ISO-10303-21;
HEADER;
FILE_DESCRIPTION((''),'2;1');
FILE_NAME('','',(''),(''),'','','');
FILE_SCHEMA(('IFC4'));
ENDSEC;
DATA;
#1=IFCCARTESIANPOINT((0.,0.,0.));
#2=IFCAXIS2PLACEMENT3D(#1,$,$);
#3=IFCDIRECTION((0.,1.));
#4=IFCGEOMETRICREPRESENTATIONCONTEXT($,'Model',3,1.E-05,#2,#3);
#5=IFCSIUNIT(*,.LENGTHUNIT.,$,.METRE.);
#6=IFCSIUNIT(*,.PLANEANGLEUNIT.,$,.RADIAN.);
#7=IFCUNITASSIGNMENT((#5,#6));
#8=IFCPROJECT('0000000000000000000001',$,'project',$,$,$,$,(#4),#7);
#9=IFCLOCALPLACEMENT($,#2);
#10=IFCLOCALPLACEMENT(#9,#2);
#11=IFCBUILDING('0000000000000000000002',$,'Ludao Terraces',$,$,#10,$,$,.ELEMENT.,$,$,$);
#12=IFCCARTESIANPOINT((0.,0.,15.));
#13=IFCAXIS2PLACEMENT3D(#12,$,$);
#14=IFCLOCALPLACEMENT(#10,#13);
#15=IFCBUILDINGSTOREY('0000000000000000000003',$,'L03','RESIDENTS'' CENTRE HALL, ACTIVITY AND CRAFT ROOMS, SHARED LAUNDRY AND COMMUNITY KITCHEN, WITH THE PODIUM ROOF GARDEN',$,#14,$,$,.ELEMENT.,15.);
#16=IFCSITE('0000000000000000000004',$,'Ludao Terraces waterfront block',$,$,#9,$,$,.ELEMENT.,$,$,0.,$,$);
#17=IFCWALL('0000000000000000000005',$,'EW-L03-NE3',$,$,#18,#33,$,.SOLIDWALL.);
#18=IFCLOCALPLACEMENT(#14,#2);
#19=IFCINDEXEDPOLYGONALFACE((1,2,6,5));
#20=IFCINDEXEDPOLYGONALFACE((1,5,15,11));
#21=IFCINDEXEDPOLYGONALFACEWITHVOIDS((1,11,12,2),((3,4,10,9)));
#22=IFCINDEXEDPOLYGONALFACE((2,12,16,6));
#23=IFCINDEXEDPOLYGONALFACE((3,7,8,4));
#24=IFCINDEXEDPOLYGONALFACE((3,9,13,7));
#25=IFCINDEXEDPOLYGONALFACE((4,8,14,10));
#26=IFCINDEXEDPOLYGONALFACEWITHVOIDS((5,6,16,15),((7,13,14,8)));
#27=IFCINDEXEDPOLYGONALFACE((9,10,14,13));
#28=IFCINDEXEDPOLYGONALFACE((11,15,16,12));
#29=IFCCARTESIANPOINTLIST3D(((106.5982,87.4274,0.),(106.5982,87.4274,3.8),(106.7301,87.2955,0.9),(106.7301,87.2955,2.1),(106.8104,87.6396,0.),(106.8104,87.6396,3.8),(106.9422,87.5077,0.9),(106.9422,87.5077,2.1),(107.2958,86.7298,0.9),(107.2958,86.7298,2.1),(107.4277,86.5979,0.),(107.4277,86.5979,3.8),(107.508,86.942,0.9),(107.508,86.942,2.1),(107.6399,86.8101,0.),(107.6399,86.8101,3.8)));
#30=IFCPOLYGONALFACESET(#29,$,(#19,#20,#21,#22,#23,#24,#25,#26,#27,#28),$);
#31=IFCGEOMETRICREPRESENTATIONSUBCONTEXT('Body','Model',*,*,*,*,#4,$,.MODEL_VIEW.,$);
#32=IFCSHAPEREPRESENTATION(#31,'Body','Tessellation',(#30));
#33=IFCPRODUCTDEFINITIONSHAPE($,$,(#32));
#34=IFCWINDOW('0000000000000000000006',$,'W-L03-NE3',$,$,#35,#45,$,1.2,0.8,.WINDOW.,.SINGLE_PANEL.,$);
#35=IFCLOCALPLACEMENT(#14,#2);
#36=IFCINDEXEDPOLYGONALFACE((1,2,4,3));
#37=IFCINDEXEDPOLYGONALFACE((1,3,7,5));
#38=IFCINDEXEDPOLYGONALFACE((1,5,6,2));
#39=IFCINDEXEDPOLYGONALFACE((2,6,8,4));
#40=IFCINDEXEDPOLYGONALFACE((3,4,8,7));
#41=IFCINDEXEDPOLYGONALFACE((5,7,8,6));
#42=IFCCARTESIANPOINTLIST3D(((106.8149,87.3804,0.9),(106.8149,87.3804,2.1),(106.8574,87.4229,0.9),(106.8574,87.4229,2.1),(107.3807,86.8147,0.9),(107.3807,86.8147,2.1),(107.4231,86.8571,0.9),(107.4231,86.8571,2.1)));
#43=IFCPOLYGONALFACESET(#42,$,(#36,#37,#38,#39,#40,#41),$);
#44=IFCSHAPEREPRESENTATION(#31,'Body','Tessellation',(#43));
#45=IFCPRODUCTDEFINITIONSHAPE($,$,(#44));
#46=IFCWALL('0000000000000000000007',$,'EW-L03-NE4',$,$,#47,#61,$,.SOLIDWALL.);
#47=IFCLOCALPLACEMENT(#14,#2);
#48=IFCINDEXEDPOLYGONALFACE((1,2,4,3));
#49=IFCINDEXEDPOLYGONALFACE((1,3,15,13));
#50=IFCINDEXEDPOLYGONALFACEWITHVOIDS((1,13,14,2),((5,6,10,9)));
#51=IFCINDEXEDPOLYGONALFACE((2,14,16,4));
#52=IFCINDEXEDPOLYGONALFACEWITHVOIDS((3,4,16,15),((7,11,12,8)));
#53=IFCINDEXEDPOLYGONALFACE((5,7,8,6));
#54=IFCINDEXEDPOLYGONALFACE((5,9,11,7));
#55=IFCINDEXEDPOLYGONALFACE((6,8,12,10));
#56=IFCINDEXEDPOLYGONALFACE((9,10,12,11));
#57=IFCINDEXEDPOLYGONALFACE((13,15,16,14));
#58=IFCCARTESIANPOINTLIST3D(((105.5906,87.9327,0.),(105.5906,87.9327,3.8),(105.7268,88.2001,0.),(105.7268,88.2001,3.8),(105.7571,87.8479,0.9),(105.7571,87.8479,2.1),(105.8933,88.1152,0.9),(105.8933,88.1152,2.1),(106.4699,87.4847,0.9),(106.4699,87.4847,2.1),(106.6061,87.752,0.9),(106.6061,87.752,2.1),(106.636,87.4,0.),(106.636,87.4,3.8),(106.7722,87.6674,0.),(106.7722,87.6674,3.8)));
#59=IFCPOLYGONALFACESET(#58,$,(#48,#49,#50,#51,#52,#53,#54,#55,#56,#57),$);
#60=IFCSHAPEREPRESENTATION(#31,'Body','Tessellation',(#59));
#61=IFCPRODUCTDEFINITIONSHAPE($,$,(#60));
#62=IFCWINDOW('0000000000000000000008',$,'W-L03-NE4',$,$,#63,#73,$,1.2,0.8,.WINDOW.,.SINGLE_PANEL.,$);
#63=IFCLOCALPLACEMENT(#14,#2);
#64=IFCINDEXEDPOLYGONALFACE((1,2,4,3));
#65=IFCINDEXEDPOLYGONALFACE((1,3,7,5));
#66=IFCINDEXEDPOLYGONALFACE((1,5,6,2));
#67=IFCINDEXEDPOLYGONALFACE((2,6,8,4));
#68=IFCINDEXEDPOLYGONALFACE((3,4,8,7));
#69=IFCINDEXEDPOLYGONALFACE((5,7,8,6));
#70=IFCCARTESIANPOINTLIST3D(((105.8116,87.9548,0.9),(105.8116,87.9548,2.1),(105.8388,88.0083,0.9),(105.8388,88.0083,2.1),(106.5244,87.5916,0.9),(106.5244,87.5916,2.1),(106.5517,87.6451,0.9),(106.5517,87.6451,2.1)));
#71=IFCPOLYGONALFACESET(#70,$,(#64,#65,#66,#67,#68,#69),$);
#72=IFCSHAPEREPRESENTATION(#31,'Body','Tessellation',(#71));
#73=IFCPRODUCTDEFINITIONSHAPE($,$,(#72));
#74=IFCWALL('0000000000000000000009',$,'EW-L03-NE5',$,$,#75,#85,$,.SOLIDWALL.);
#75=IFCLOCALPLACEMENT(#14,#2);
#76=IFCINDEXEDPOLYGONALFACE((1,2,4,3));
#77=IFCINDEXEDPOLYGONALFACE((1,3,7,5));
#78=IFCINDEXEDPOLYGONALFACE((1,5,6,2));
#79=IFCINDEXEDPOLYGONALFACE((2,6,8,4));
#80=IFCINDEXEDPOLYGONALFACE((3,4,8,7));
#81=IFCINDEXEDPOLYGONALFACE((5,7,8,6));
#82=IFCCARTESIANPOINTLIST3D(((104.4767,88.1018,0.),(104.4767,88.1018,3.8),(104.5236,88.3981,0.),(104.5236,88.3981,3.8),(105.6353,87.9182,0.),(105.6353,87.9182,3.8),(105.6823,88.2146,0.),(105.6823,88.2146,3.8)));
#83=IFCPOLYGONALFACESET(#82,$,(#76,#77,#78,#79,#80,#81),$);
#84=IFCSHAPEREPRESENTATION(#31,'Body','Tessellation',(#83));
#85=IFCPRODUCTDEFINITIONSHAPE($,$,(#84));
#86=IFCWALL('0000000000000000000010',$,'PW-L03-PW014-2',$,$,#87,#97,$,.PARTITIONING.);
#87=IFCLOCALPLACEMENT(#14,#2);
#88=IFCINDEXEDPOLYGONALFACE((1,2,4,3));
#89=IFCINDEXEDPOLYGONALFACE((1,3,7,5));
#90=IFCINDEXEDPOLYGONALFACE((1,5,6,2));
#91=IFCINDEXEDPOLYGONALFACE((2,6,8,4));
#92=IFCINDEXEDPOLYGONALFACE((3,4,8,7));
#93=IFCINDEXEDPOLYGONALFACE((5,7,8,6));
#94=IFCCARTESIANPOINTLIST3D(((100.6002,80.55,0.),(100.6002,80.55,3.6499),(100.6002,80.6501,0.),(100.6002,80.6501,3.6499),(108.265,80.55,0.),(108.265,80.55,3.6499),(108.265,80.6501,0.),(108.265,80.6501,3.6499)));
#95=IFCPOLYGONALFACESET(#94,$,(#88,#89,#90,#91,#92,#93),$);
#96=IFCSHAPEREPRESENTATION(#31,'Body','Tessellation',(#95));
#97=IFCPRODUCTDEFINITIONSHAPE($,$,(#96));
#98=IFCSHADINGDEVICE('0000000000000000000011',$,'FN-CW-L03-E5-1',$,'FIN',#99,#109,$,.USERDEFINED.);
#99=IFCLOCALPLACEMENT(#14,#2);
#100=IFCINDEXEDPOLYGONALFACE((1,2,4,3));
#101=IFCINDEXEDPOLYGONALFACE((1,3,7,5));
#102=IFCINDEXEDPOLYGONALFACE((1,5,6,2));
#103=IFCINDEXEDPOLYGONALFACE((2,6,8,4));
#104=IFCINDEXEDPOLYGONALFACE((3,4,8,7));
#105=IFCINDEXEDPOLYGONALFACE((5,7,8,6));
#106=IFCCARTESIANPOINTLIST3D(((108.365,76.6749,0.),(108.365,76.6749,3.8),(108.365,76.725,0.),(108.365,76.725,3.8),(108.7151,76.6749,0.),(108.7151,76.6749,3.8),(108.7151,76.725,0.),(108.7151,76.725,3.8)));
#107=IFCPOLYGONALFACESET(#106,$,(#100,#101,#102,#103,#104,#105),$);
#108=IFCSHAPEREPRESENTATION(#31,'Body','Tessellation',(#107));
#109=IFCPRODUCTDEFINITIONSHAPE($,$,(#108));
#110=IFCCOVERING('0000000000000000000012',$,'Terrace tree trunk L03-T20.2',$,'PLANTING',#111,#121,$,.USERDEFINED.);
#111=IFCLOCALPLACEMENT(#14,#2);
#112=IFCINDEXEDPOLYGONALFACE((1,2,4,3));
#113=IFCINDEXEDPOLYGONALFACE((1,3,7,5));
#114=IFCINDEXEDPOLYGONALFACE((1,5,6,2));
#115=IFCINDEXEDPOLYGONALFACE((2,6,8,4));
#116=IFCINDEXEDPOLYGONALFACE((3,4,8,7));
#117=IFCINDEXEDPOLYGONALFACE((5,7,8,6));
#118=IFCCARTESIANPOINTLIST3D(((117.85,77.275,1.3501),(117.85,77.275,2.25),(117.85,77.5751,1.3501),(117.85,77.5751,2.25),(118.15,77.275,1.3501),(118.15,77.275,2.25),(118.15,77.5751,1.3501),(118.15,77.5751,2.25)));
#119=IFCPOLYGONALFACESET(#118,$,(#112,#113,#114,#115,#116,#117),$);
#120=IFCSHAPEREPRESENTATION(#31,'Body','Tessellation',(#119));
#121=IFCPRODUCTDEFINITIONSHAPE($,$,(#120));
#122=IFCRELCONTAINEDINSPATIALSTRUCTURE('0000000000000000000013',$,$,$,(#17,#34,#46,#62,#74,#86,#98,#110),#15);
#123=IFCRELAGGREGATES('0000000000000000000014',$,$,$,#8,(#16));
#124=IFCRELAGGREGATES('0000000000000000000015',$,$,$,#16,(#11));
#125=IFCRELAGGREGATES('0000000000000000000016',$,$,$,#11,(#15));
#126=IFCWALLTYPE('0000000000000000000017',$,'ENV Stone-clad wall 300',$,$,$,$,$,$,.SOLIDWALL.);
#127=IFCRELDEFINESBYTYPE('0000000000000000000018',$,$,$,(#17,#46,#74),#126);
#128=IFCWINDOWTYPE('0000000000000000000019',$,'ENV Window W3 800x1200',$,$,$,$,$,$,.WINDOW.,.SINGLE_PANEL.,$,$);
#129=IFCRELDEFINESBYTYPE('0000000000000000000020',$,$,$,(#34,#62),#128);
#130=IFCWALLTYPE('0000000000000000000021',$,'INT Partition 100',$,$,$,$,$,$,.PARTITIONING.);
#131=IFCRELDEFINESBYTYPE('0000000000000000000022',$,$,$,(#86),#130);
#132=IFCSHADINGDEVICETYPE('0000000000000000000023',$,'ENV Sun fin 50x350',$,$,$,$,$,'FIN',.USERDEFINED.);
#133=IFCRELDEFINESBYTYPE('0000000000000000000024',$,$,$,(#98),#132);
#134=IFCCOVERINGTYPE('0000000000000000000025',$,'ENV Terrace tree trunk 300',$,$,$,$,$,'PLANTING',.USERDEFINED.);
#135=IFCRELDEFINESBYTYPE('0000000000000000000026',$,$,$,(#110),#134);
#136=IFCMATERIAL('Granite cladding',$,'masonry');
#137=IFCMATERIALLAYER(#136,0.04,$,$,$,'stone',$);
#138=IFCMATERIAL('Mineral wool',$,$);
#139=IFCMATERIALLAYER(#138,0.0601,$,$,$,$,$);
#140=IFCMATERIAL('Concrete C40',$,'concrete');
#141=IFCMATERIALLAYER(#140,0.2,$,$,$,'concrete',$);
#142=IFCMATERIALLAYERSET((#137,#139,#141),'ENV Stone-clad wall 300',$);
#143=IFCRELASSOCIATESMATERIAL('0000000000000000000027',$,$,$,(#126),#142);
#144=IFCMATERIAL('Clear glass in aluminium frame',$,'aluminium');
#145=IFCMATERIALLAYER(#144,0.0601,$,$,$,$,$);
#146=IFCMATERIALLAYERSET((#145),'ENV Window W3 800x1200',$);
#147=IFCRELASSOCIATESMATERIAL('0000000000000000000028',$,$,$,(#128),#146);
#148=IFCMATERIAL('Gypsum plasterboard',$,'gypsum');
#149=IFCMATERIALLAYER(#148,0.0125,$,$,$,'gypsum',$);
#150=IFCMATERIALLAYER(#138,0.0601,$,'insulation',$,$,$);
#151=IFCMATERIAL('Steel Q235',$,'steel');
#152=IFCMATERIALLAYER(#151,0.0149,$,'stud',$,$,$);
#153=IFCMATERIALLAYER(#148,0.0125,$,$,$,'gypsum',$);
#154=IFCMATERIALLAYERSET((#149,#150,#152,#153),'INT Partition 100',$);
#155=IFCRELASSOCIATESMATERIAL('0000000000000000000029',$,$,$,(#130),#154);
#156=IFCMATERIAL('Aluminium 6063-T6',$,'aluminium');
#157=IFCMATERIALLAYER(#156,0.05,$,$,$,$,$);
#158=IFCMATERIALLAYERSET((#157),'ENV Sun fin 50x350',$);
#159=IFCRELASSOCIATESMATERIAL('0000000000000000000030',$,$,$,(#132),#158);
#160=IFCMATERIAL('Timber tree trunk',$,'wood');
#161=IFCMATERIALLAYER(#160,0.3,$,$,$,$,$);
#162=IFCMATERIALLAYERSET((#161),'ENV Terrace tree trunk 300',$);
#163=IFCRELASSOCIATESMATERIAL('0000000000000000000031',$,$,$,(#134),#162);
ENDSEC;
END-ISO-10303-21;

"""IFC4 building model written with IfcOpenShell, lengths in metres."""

from ifc_helpers import new_model, si_unit, direction, frame, frame_2d, origin, origin_2d, place, context, subcontext, project, spatial, rectangle, extrude, material, layer, layer_set, type_object, element, fill, save


model = new_model("IFC4")

# Units and contexts
model_context = context("Model", 3, precision=1e-05, world=origin(), true_north=direction((0.0, 1.0)))
body_context = subcontext(model_context, "Body", "Model", "MODEL_VIEW")
ifc_project = project(units=[si_unit("LENGTHUNIT", "METRE"), si_unit("PLANEANGLEUNIT", "RADIAN")], contexts=[model_context])

# Site, building, storey
site_placement = place(None, origin())
site = spatial("IfcSite", under=ifc_project, at=site_placement, Name="Ludao Terraces waterfront block", CompositionType="ELEMENT", RefElevation=0.0)
building_placement = place(site_placement, origin())
building = spatial("IfcBuilding", under=site, at=building_placement, Name="Ludao Terraces", CompositionType="ELEMENT")
storey_placement = place(building_placement, frame((0.0, 0.0, 15.0)))
storey = spatial("IfcBuildingStorey", under=building, at=storey_placement, Name="L03", Description="RESIDENTS' CENTRE HALL, ACTIVITY AND CRAFT ROOMS, SHARED LAUNDRY AND COMMUNITY KITCHEN, WITH THE PODIUM ROOF GARDEN", CompositionType="ELEMENT", Elevation=15.0)

# Shared definitions
ifc_material_1 = material(Name="Aluminium 6063-T6", Category="aluminium")

# Shared definitions
ifc_material_2 = material(Name="Concrete C40", Category="concrete")

# Shared definitions
ifc_material_3 = material(Name="Granite cladding", Category="masonry")
ifc_layer_1 = layer(ifc_material_3, 0.04, Category="stone")
ifc_material_4 = material(Name="Mineral wool")
ifc_layer_2 = layer(ifc_material_4, 0.0601)
ifc_layer_3 = layer(ifc_material_2, 0.2, Category="concrete")
ifc_layer_set_1 = layer_set([ifc_layer_1, ifc_layer_2, ifc_layer_3], Name="ENV Stone-clad wall 300")
wall_type_1 = type_object("IfcWallType", Name="ENV Stone-clad wall 300", PredefinedType="SOLIDWALL", material=ifc_layer_set_1)

# Walls, openings, windows
ifc_material_5 = material(Name="Clear glass in aluminium frame", Category="aluminium")
ifc_layer_4 = layer(ifc_material_5, 0.0601)
ifc_layer_set_2 = layer_set([ifc_layer_4], Name="ENV Window W3 800x1200")
window_type = type_object("IfcWindowType", Name="ENV Window W3 800x1200", PartitioningType="SINGLE_PANEL", PredefinedType="WINDOW", material=ifc_layer_set_2)
wall_1_placement = place(storey_placement, frame((107.5337, 86.7041, 0.0), z_axis=(0.0, 0.0, 1.0), x_axis=(-0.707107, 0.707107, 0.0)))
wall_1 = element("IfcWall", 1, at=wall_1_placement, inside=storey, type_object=wall_type_1, Name="EW-L03-NE3", PredefinedType="SOLIDWALL", context=body_context, shape_type="SweptSolid", body=[
    extrude(rectangle(XDim=1.1731, YDim=0.3, at=frame_2d((0.5864, 0.0))), origin(), (0.0, 0.0, 1.0), 3.8),
])
opening_1_placement = place(wall_1_placement, frame((0.1865, 0.0, 0.8999)))
opening_1 = element("IfcOpeningElement", 2, at=opening_1_placement, cuts=wall_1, PredefinedType="OPENING", context=body_context, shape_type="SweptSolid", body=[
    extrude(rectangle(XDim=0.8, YDim=1.2, at=frame_2d((0.3999, 0.6001))), frame((0.0, 0.1602, 0.0), z_axis=(0.0, -1.0, 0.0), x_axis=(1.0, 0.0, 0.0)), (0.0, 0.0, 1.0), 0.3201),
])
window_1_placement = place(opening_1_placement, origin())
window_1 = element("IfcWindow", 3, at=window_1_placement, inside=storey, type_object=window_type, Name="W-L03-NE3", OverallHeight=1.2, OverallWidth=0.8, PartitioningType="SINGLE_PANEL", PredefinedType="WINDOW", context=body_context, shape_type="SweptSolid", body=[
    extrude(rectangle(XDim=0.8, YDim=1.2, at=frame_2d((0.3999, 0.6001))), frame((0.0, 0.03, 0.0), z_axis=(0.0, -1.0, 0.0), x_axis=(1.0, 0.0, 0.0)), (0.0, 0.0, 1.0), 0.0601),
])
fill(opening_1, window_1)
wall_2_placement = place(storey_placement, frame((106.7041, 87.5337, 0.0), z_axis=(0.0, 0.0, 1.0), x_axis=(-0.890989, 0.454026, 0.0)))
wall_2 = element("IfcWall", 4, at=wall_2_placement, inside=storey, type_object=wall_type_1, Name="EW-L03-NE4", PredefinedType="SOLIDWALL", context=body_context, shape_type="SweptSolid", body=[
    extrude(rectangle(XDim=1.1733, YDim=0.3, at=frame_2d((0.5867, 0.0))), origin(), (0.0, 0.0, 1.0), 3.8),
])
opening_2_placement = place(wall_2_placement, frame((0.1865, 0.0, 0.8999)))
opening_2 = element("IfcOpeningElement", 5, at=opening_2_placement, cuts=wall_2, PredefinedType="OPENING", context=body_context, shape_type="SweptSolid", body=[
    extrude(rectangle(XDim=0.8, YDim=1.2, at=frame_2d((0.3999, 0.6001))), frame((0.0, 0.1602, 0.0), z_axis=(0.0, -1.0, 0.0), x_axis=(1.0, 0.0, 0.0)), (0.0, 0.0, 1.0), 0.3201),
])
window_2_placement = place(opening_2_placement, origin())
window_2 = element("IfcWindow", 6, at=window_2_placement, inside=storey, type_object=window_type, Name="W-L03-NE4", OverallHeight=1.2, OverallWidth=0.8, PartitioningType="SINGLE_PANEL", PredefinedType="WINDOW", context=body_context, shape_type="SweptSolid", body=[
    extrude(rectangle(XDim=0.8, YDim=1.2, at=frame_2d((0.3999, 0.6001))), frame((0.0, 0.03, 0.0), z_axis=(0.0, -1.0, 0.0), x_axis=(1.0, 0.0, 0.0)), (0.0, 0.0, 1.0), 0.0601),
])
fill(opening_2, window_2)

# Walls
wall_3_placement = place(storey_placement, frame((105.6587, 88.0664, 0.0), z_axis=(0.0, 0.0, 1.0), x_axis=(-0.987678, 0.156497, 0.0)))
element("IfcWall", 7, at=wall_3_placement, inside=storey, type_object=wall_type_1, Name="EW-L03-NE5", PredefinedType="SOLIDWALL", context=body_context, shape_type="SweptSolid", body=[
    extrude(rectangle(XDim=1.1731, YDim=0.3, at=frame_2d((0.5864, 0.0))), origin(), (0.0, 0.0, 1.0), 3.8),
])
ifc_material_6 = material(Name="Gypsum plasterboard", Category="gypsum")
ifc_layer_5 = layer(ifc_material_6, 0.0125, Category="gypsum")
ifc_layer_6 = layer(ifc_material_4, 0.0601, Name="insulation")
ifc_material_7 = material(Name="Steel Q235", Category="steel")
ifc_layer_7 = layer(ifc_material_7, 0.0149, Name="stud")
ifc_layer_8 = layer(ifc_material_6, 0.0125, Category="gypsum")
ifc_layer_set_3 = layer_set([ifc_layer_5, ifc_layer_6, ifc_layer_7, ifc_layer_8], Name="INT Partition 100")
wall_type_2 = type_object("IfcWallType", Name="INT Partition 100", PredefinedType="PARTITIONING", material=ifc_layer_set_3)
wall_4_placement = place(storey_placement, frame((100.6001, 80.6001, 0.0), z_axis=(0.0, 0.0, 1.0), x_axis=(1.0, 0.0, 0.0)))
element("IfcWall", 8, at=wall_4_placement, inside=storey, type_object=wall_type_2, Name="PW-L03-PW014-2", PredefinedType="PARTITIONING", context=body_context, shape_type="SweptSolid", body=[
    extrude(rectangle(XDim=7.6648, YDim=0.1001, at=frame_2d((3.8325, 0.0))), origin(), (0.0, 0.0, 1.0), 3.6499),
])

# Shading device
ifc_layer_9 = layer(ifc_material_1, 0.05)
ifc_layer_set_4 = layer_set([ifc_layer_9], Name="ENV Sun fin 50x350")
shading_device_type = type_object("IfcShadingDeviceType", Name="ENV Sun fin 50x350", ElementType="FIN", PredefinedType="USERDEFINED", material=ifc_layer_set_4)
shading_device_placement = place(storey_placement, frame((108.54, 76.7, 0.0), z_axis=(0.0, 0.0, 1.0), x_axis=(1.0, 0.0, 0.0)))
element("IfcShadingDevice", 9, at=shading_device_placement, inside=storey, type_object=shading_device_type, Name="FN-CW-L03-E5-1", ObjectType="FIN", PredefinedType="USERDEFINED", context=body_context, shape_type="SweptSolid", body=[
    extrude(rectangle(XDim=0.3501, YDim=0.05, at=origin_2d()), origin(), (0.0, 0.0, 1.0), 3.8),
])

# Covering
ifc_material_8 = material(Name="Timber tree trunk", Category="wood")
ifc_layer_10 = layer(ifc_material_8, 0.3)
ifc_layer_set_5 = layer_set([ifc_layer_10], Name="ENV Terrace tree trunk 300")
covering_type = type_object("IfcCoveringType", Name="ENV Terrace tree trunk 300", ElementType="PLANTING", PredefinedType="USERDEFINED", material=ifc_layer_set_5)
covering_placement = place(storey_placement, frame((118.0, 77.425, 1.3501), z_axis=(0.0, 0.0, 1.0), x_axis=(1.0, 0.0, 0.0)))
element("IfcCovering", 10, at=covering_placement, inside=storey, type_object=covering_type, Name="Terrace tree trunk L03-T20.2", ObjectType="PLANTING", PredefinedType="USERDEFINED", context=body_context, shape_type="SweptSolid", body=[
    extrude(rectangle(XDim=0.3, YDim=0.3, at=origin_2d()), origin(), (0.0, 0.0, 1.0), 0.8999),
])

save(model, "model.ifc")
